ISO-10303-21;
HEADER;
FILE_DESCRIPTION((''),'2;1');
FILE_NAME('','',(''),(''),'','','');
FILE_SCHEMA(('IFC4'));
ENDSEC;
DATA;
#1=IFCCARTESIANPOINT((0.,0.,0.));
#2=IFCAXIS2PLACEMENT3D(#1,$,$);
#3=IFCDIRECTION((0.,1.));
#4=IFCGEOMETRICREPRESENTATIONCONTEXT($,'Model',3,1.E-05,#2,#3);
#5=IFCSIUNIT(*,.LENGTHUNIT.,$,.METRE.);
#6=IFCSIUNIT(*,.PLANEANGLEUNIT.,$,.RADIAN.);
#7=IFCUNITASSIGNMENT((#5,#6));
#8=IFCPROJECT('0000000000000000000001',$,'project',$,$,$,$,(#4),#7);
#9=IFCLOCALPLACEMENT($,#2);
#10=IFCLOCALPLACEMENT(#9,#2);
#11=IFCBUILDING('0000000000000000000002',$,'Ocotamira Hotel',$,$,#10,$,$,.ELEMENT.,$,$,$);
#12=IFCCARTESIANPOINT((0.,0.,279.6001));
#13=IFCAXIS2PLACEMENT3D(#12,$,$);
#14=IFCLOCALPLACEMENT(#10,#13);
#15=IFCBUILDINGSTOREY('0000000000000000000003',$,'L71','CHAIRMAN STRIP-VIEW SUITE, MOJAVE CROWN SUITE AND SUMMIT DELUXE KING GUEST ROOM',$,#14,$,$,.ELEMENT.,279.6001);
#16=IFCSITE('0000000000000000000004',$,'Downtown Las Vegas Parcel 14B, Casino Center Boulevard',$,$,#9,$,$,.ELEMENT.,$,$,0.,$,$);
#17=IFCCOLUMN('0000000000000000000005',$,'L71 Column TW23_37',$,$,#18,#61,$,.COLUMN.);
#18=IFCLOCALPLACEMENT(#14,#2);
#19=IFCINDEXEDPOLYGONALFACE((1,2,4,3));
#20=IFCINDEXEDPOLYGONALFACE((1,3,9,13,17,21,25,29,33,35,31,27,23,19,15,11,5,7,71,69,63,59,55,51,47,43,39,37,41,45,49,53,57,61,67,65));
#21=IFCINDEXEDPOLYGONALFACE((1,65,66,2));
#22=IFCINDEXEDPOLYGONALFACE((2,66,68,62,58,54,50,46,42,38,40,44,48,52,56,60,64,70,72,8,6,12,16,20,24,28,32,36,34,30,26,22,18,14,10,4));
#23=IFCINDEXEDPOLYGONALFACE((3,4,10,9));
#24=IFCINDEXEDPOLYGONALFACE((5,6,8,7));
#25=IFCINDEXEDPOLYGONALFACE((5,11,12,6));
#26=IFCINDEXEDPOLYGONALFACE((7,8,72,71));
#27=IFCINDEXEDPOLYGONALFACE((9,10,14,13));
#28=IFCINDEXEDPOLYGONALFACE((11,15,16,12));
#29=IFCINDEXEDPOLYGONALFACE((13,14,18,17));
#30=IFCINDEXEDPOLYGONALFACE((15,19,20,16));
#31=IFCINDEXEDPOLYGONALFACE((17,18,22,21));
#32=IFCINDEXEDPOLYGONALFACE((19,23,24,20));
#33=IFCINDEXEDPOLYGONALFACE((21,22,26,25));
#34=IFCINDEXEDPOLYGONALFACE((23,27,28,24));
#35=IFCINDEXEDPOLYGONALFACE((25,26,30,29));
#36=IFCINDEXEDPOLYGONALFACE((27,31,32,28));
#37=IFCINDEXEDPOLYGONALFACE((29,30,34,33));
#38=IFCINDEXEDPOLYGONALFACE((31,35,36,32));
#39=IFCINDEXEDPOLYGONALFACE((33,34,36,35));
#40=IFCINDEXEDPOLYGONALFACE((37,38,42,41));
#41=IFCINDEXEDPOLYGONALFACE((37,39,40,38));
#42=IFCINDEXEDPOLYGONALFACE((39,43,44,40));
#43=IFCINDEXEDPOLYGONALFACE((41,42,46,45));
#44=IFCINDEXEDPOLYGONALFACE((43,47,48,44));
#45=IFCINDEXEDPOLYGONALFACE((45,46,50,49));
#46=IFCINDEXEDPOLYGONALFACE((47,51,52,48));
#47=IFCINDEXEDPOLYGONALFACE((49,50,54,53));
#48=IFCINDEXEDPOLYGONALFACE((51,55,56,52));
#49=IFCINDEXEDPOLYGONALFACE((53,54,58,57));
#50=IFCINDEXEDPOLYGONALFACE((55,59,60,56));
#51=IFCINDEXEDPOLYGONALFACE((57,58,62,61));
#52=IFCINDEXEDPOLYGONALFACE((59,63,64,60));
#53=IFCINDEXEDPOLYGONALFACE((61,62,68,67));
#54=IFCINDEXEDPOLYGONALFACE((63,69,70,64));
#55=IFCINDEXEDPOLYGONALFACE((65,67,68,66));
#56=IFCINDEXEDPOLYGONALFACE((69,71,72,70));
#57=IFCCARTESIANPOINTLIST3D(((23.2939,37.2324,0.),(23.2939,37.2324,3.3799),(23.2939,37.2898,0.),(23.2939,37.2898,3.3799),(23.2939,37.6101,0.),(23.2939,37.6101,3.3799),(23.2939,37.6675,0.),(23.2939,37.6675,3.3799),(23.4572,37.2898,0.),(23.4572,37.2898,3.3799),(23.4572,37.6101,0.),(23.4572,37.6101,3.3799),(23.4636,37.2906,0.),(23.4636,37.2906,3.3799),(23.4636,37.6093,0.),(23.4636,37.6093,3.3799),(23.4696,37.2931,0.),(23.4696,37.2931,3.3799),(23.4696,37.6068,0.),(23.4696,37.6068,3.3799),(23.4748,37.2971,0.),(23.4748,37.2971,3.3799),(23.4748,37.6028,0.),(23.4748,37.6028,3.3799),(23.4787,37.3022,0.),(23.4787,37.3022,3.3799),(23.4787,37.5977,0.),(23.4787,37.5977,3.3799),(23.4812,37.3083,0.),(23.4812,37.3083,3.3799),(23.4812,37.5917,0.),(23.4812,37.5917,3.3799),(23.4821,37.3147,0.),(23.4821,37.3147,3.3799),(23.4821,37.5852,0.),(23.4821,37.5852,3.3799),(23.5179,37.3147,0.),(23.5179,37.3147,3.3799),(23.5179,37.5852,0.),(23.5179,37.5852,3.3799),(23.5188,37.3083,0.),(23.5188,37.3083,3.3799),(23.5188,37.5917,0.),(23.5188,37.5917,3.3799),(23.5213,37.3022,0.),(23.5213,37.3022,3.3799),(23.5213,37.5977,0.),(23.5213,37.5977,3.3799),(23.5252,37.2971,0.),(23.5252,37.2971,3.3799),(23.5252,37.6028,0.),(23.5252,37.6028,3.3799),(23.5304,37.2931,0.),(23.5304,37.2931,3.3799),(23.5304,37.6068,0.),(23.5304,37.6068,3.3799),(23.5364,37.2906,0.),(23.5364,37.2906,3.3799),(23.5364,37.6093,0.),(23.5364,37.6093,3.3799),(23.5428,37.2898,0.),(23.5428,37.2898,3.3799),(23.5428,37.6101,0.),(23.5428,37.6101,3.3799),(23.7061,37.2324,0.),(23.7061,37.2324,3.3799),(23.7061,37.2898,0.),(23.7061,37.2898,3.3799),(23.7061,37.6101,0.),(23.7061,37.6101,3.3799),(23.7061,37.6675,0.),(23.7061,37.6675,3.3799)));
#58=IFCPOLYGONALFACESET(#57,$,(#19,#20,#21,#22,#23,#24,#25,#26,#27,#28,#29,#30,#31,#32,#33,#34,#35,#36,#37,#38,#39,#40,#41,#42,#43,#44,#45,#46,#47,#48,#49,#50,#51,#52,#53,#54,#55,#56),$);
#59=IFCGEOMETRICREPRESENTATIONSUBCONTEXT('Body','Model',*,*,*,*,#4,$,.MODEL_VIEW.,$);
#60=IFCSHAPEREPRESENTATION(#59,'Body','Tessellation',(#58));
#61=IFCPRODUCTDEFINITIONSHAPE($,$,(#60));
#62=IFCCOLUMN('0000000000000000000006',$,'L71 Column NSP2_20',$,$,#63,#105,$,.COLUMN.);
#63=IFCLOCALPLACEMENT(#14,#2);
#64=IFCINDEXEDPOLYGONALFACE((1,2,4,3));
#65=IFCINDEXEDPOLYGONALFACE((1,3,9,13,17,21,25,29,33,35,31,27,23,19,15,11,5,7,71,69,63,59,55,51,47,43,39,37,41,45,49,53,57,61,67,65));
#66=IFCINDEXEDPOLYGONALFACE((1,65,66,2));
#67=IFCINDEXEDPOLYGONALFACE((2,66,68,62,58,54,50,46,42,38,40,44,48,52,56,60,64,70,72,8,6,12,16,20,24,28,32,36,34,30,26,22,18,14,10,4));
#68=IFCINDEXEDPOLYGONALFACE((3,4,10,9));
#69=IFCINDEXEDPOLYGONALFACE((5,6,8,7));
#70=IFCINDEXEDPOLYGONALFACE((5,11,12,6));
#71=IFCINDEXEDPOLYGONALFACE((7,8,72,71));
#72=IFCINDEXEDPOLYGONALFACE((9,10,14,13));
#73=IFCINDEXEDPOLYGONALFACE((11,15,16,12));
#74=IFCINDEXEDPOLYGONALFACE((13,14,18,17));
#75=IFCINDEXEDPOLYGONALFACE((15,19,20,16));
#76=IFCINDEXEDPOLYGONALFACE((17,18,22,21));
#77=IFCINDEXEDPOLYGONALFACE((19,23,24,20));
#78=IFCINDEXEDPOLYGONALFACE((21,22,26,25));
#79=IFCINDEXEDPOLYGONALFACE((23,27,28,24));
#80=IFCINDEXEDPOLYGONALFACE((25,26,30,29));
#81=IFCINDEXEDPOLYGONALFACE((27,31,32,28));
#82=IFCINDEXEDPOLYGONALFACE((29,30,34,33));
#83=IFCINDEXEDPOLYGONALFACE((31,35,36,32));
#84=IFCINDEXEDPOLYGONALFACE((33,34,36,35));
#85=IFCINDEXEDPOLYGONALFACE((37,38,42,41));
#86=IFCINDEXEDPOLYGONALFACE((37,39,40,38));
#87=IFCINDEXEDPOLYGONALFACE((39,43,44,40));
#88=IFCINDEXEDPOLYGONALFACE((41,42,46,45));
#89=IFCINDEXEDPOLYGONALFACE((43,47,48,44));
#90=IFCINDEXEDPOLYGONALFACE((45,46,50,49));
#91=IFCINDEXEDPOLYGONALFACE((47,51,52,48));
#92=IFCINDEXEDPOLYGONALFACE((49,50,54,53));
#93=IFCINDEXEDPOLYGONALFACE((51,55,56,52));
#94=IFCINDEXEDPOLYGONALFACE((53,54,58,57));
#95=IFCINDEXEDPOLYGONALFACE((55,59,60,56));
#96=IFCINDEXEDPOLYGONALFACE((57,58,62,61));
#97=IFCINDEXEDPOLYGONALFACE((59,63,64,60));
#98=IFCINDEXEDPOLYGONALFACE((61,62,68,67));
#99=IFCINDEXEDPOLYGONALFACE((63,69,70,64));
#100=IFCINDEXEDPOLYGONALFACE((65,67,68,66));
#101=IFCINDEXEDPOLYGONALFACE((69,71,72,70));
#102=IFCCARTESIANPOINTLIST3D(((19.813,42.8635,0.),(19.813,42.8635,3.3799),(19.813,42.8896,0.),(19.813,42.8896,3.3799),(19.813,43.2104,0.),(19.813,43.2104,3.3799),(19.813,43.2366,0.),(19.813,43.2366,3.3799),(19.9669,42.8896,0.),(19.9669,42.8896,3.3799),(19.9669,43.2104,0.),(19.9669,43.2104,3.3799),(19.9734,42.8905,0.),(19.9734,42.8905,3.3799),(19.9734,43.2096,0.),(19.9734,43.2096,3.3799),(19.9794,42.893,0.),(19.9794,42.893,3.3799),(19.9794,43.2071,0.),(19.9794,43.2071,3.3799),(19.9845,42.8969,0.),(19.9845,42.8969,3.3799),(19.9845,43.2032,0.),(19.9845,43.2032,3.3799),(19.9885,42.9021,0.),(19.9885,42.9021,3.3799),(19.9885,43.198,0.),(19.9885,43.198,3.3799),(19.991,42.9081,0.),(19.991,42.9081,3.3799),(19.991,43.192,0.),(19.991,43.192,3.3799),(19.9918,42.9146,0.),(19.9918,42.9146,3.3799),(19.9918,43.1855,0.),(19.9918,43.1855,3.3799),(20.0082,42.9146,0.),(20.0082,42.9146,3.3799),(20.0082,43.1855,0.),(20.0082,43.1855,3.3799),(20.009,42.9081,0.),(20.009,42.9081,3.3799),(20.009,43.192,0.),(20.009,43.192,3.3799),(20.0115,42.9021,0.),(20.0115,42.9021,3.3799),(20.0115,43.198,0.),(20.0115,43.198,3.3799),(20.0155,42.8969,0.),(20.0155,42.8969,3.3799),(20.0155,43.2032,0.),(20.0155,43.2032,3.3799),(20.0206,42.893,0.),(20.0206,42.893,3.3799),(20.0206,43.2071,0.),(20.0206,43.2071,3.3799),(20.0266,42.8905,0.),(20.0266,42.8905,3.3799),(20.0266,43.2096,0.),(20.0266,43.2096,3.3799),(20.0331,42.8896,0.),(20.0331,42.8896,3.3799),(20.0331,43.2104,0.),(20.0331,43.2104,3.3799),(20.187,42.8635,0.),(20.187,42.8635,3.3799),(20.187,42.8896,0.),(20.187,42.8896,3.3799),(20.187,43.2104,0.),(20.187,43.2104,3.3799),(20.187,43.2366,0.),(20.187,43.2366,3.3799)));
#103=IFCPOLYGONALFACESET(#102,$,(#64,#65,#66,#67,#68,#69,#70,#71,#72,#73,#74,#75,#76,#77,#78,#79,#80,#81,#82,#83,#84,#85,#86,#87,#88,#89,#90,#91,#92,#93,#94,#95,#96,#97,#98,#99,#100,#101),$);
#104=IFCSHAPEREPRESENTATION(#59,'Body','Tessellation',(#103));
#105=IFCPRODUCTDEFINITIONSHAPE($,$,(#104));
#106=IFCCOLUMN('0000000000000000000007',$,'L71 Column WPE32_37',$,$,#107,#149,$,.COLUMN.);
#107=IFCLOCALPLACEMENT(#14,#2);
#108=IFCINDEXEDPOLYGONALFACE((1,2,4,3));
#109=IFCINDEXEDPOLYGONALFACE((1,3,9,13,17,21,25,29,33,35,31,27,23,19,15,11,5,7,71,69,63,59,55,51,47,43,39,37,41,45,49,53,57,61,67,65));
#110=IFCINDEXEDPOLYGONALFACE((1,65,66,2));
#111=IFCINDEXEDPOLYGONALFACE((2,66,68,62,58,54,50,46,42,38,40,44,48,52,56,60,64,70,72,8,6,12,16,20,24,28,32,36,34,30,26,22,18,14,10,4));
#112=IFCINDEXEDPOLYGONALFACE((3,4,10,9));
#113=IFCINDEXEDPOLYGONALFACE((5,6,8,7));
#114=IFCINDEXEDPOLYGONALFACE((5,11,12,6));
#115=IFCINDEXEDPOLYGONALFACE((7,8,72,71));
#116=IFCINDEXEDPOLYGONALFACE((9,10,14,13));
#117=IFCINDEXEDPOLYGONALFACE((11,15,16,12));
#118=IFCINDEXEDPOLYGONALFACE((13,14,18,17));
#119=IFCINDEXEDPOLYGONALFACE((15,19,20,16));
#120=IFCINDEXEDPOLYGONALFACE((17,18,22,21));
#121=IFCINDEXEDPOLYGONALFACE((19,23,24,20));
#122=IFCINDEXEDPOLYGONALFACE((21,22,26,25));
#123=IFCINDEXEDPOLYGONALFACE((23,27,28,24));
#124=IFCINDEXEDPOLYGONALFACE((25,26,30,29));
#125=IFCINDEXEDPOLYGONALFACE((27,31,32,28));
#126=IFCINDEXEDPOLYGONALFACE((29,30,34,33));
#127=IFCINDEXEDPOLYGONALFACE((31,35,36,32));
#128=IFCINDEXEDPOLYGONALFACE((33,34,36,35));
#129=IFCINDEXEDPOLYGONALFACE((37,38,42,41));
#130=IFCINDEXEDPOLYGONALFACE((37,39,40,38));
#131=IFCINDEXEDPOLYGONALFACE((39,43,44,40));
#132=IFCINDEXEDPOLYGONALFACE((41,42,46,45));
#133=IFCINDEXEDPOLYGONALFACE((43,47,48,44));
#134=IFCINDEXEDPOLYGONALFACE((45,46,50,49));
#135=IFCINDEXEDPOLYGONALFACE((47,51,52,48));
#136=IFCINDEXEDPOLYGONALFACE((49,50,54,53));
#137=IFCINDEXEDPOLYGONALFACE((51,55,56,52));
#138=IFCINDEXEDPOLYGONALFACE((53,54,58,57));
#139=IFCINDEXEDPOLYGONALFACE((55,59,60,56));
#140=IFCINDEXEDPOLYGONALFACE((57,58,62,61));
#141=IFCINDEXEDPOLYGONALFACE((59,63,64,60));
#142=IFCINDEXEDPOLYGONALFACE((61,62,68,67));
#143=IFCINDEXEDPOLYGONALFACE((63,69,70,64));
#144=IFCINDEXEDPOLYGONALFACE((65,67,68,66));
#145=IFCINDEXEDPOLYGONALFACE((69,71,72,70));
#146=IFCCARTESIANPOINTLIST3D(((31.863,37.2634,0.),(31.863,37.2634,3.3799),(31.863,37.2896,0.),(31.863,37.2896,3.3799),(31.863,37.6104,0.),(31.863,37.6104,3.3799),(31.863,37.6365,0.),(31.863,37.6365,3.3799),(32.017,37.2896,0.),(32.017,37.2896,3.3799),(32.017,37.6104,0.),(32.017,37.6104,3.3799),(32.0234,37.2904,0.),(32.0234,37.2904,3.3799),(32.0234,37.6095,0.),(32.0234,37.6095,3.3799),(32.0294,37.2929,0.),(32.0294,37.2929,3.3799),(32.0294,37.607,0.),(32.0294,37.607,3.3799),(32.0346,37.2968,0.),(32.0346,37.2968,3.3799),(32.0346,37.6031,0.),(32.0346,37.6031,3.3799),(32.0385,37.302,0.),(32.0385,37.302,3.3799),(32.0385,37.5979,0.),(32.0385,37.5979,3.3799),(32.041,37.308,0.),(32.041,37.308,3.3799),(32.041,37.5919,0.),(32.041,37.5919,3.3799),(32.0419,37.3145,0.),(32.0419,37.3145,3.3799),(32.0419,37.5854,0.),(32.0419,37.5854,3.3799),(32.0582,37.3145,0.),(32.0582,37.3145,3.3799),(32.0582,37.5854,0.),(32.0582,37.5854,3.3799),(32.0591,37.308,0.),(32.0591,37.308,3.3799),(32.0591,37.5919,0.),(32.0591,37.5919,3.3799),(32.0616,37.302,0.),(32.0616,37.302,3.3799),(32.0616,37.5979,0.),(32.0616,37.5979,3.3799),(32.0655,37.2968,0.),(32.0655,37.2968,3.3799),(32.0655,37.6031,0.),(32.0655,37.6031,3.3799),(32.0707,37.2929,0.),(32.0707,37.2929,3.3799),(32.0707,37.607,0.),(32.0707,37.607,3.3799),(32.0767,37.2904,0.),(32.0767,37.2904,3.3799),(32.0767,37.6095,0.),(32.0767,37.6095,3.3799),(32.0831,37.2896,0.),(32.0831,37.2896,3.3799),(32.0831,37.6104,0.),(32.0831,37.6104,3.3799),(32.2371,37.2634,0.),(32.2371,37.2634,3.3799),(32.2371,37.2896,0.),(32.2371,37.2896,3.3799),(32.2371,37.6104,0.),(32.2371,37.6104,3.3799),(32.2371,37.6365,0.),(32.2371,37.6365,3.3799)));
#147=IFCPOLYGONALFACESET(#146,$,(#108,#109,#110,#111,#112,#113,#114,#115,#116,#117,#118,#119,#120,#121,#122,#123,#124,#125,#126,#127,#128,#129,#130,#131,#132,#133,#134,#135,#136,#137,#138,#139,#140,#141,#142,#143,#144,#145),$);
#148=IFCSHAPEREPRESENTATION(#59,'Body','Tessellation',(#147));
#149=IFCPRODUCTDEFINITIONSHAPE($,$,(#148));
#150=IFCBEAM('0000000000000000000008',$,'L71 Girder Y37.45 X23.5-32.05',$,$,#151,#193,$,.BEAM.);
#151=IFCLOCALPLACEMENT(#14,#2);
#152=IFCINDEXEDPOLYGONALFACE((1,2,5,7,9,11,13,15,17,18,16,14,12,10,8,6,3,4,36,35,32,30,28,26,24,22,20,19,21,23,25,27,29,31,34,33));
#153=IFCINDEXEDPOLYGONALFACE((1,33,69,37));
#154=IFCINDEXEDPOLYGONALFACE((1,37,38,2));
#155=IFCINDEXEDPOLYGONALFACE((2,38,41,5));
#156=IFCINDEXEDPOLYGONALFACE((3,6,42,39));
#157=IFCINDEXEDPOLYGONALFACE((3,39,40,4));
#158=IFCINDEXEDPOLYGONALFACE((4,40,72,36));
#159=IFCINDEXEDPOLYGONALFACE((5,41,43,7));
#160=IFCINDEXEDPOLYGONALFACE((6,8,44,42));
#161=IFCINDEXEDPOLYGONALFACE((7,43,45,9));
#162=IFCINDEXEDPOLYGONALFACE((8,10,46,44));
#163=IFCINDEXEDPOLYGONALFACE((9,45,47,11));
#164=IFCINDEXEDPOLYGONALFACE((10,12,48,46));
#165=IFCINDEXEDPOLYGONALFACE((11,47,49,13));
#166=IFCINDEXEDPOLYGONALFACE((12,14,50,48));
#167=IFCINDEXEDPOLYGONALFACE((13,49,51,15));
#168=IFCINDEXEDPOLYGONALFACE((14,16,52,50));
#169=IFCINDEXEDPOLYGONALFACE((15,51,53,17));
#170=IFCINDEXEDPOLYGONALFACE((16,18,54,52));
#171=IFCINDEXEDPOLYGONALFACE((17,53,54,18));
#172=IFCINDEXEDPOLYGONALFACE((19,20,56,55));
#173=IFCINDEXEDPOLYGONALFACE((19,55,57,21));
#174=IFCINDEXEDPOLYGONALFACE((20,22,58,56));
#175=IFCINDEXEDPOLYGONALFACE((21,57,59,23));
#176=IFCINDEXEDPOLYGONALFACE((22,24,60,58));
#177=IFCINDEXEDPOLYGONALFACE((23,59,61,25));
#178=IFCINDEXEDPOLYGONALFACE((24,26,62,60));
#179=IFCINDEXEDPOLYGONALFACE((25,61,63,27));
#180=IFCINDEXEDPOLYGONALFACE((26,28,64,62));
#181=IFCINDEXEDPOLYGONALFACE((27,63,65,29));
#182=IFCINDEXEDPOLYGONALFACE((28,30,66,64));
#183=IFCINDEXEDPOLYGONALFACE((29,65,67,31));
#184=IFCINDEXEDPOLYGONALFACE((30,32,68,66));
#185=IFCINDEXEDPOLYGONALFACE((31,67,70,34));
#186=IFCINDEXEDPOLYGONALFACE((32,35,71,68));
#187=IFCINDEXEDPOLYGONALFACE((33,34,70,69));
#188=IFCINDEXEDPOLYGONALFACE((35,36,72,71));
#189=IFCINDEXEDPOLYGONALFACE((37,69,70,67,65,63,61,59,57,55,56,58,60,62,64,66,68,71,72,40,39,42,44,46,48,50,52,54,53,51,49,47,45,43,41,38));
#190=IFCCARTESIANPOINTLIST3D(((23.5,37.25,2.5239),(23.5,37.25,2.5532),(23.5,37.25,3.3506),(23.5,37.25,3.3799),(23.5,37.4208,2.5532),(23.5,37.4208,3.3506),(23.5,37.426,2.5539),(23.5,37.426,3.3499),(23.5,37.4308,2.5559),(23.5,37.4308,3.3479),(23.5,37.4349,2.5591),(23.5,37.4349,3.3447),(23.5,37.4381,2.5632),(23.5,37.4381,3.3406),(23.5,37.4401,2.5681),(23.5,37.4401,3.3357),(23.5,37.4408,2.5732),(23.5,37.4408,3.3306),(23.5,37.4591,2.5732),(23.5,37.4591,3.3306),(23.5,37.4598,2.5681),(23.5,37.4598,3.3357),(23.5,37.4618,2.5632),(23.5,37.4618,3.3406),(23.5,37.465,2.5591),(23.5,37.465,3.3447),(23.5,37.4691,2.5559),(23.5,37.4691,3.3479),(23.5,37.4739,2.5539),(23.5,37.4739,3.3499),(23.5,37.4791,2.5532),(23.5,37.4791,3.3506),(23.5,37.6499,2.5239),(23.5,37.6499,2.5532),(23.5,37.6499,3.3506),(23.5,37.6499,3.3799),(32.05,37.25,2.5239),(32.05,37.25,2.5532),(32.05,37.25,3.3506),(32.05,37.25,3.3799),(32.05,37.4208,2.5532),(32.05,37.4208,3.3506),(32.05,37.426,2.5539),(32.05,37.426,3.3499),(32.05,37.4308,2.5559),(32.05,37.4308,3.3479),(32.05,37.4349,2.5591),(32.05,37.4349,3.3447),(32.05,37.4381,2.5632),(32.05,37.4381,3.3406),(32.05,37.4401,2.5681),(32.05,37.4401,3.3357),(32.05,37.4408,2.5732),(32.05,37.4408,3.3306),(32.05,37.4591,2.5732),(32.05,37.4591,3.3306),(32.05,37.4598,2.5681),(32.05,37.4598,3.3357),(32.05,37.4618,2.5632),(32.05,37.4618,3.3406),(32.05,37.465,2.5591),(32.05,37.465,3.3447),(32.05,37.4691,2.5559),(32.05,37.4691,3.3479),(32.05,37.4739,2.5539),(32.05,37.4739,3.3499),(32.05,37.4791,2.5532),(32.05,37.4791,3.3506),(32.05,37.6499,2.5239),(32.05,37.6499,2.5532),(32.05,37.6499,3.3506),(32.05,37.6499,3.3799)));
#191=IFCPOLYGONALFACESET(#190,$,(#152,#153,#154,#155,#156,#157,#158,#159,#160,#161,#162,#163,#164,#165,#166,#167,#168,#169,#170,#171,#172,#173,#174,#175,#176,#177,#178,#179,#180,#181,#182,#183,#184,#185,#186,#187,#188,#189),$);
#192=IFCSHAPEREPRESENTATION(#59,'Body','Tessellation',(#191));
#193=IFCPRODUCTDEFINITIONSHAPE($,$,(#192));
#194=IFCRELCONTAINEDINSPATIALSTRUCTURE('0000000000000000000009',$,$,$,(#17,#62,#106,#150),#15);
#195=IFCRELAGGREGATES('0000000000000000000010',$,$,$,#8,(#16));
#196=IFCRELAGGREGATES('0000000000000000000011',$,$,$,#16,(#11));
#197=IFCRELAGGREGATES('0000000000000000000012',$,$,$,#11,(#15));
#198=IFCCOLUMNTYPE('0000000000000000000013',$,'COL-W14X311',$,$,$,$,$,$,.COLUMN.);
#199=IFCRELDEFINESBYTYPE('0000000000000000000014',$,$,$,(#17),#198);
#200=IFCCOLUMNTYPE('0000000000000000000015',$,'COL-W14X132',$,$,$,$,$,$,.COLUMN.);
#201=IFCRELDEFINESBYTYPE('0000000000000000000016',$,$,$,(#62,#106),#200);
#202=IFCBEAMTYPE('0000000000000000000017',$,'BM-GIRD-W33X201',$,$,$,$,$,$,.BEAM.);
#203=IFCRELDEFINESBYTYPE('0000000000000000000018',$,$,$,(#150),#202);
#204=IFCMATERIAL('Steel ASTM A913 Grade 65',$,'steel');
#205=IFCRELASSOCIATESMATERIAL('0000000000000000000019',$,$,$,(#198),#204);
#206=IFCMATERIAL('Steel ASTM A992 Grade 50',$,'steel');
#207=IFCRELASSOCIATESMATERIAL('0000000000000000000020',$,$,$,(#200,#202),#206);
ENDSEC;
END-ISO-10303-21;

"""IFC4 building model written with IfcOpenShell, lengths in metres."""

from ifc_helpers import new_model, si_unit, direction, frame, origin, origin_2d, place, context, subcontext, project, spatial, i_section, extrude, source, transform, mapped, material, material_profile, profile_set, type_object, element, save


model = new_model("IFC4")

# Units and contexts
model_context = context("Model", 3, precision=1e-05, world=origin(), true_north=direction((0.0, 1.0)))
body_context = subcontext(model_context, "Body", "Model", "MODEL_VIEW")
ifc_project = project(units=[si_unit("LENGTHUNIT", "METRE"), si_unit("PLANEANGLEUNIT", "RADIAN")], contexts=[model_context])

# Site, building, storey
site_placement = place(None, origin())
site = spatial("IfcSite", under=ifc_project, at=site_placement, Name="Downtown Las Vegas Parcel 14B, Casino Center Boulevard", CompositionType="ELEMENT", RefElevation=0.0)
building_placement = place(site_placement, origin())
building = spatial("IfcBuilding", under=site, at=building_placement, Name="Ocotamira Hotel", CompositionType="ELEMENT")
storey_placement = place(building_placement, frame((0.0, 0.0, 279.6001)))
storey = spatial("IfcBuildingStorey", under=building, at=storey_placement, Name="L71", Description="CHAIRMAN STRIP-VIEW SUITE, MOJAVE CROWN SUITE AND SUMMIT DELUXE KING GUEST ROOM", CompositionType="ELEMENT", Elevation=279.6001)

# Columns
ifc_material_1 = material(Name="Steel ASTM A913 Grade 65", Category="steel")
ifc_material_profile_1 = material_profile(ifc_material_1, i_section(OverallWidth=0.4121, OverallDepth=0.4351, WebThickness=0.0359, FlangeThickness=0.0574, FilletRadius=0.0249, at=origin_2d()), Name="W14X311")
ifc_profile_set_1 = profile_set([ifc_material_profile_1], Name="Steel ASTM A913 Grade 65")
column_type_1 = type_object("IfcColumnType", Name="COL-W14X311", PredefinedType="COLUMN", material=ifc_profile_set_1)
shared_shape_1 = source(origin(), body_context, "Body", "SweptSolid", [
    extrude(i_section(OverallWidth=0.4121, OverallDepth=0.4351, WebThickness=0.0359, FlangeThickness=0.0574, FilletRadius=0.0249, at=origin_2d()), origin(), (0.0, 0.0, 1.0), 3.3799),
])
column_placement = place(storey_placement, frame((23.5, 37.45, 0.0), z_axis=(0.0, 0.0, 1.0), x_axis=(1.0, 0.0, 0.0)))
element("IfcColumn", 1, at=column_placement, inside=storey, type_object=column_type_1, Name="L71 Column TW23_37", PredefinedType="COLUMN", context=body_context, shape_type="MappedRepresentation", body=[
    mapped(shared_shape_1, transform((0.0, 0.0, 0.0), scale=1.0)),
])
ifc_material_2 = material(Name="Steel ASTM A992 Grade 50", Category="steel")
ifc_material_profile_2 = material_profile(ifc_material_2, i_section(OverallWidth=0.374, OverallDepth=0.373, WebThickness=0.0164, FlangeThickness=0.0261, FilletRadius=0.0249, at=origin_2d()), Name="W14X132")
ifc_profile_set_2 = profile_set([ifc_material_profile_2], Name="Steel ASTM A992 Grade 50")
column_type_2 = type_object("IfcColumnType", Name="COL-W14X132", PredefinedType="COLUMN", material=ifc_profile_set_2)
shared_shape_2 = source(origin(), body_context, "Body", "SweptSolid", [
    extrude(i_section(OverallWidth=0.374, OverallDepth=0.373, WebThickness=0.0164, FlangeThickness=0.0261, FilletRadius=0.0249, at=origin_2d()), origin(), (0.0, 0.0, 1.0), 3.3799),
])
for number, where, z_axis, x_axis, name in (
    (2, (20.0, 43.05, 0.0), (0.0, 0.0, 1.0), (1.0, 0.0, 0.0), "L71 Column NSP2_20"),
    (3, (32.05, 37.45, 0.0), (0.0, 0.0, 1.0), (1.0, 0.0, 0.0), "L71 Column WPE32_37"),
):
    element("IfcColumn", number, at=place(storey_placement, frame(where, z_axis=z_axis, x_axis=x_axis)), inside=storey, type_object=column_type_2, Name=name, PredefinedType="COLUMN", context=body_context, shape_type="MappedRepresentation", body=[
        mapped(shared_shape_2, transform((0.0, 0.0, 0.0), scale=1.0)),
    ])

# Beam
ifc_material_profile_3 = material_profile(ifc_material_2, i_section(OverallWidth=0.3999, OverallDepth=0.856, WebThickness=0.0183, FlangeThickness=0.0293, FilletRadius=0.02, at=origin_2d()), Name="W33X201")
ifc_profile_set_3 = profile_set([ifc_material_profile_3], Name="Steel ASTM A992 Grade 50")
beam_type = type_object("IfcBeamType", Name="BM-GIRD-W33X201", PredefinedType="BEAM", material=ifc_profile_set_3)
shared_shape_3 = source(origin(), body_context, "Body", "SweptSolid", [
    extrude(i_section(OverallWidth=0.3999, OverallDepth=0.856, WebThickness=0.0183, FlangeThickness=0.0293, FilletRadius=0.02, at=origin_2d()), origin(), (0.0, 0.0, 1.0), 8.55),
])
beam_placement = place(storey_placement, frame((23.5, 37.45, 2.9519), z_axis=(1.0, 0.0, 0.0), x_axis=(0.0, 1.0, 0.0)))
element("IfcBeam", 4, at=beam_placement, inside=storey, type_object=beam_type, Name="L71 Girder Y37.45 X23.5-32.05", PredefinedType="BEAM", context=body_context, shape_type="MappedRepresentation", body=[
    mapped(shared_shape_3, transform((0.0, 0.0, 0.0), scale=1.0)),
])

save(model, "model.ifc")
